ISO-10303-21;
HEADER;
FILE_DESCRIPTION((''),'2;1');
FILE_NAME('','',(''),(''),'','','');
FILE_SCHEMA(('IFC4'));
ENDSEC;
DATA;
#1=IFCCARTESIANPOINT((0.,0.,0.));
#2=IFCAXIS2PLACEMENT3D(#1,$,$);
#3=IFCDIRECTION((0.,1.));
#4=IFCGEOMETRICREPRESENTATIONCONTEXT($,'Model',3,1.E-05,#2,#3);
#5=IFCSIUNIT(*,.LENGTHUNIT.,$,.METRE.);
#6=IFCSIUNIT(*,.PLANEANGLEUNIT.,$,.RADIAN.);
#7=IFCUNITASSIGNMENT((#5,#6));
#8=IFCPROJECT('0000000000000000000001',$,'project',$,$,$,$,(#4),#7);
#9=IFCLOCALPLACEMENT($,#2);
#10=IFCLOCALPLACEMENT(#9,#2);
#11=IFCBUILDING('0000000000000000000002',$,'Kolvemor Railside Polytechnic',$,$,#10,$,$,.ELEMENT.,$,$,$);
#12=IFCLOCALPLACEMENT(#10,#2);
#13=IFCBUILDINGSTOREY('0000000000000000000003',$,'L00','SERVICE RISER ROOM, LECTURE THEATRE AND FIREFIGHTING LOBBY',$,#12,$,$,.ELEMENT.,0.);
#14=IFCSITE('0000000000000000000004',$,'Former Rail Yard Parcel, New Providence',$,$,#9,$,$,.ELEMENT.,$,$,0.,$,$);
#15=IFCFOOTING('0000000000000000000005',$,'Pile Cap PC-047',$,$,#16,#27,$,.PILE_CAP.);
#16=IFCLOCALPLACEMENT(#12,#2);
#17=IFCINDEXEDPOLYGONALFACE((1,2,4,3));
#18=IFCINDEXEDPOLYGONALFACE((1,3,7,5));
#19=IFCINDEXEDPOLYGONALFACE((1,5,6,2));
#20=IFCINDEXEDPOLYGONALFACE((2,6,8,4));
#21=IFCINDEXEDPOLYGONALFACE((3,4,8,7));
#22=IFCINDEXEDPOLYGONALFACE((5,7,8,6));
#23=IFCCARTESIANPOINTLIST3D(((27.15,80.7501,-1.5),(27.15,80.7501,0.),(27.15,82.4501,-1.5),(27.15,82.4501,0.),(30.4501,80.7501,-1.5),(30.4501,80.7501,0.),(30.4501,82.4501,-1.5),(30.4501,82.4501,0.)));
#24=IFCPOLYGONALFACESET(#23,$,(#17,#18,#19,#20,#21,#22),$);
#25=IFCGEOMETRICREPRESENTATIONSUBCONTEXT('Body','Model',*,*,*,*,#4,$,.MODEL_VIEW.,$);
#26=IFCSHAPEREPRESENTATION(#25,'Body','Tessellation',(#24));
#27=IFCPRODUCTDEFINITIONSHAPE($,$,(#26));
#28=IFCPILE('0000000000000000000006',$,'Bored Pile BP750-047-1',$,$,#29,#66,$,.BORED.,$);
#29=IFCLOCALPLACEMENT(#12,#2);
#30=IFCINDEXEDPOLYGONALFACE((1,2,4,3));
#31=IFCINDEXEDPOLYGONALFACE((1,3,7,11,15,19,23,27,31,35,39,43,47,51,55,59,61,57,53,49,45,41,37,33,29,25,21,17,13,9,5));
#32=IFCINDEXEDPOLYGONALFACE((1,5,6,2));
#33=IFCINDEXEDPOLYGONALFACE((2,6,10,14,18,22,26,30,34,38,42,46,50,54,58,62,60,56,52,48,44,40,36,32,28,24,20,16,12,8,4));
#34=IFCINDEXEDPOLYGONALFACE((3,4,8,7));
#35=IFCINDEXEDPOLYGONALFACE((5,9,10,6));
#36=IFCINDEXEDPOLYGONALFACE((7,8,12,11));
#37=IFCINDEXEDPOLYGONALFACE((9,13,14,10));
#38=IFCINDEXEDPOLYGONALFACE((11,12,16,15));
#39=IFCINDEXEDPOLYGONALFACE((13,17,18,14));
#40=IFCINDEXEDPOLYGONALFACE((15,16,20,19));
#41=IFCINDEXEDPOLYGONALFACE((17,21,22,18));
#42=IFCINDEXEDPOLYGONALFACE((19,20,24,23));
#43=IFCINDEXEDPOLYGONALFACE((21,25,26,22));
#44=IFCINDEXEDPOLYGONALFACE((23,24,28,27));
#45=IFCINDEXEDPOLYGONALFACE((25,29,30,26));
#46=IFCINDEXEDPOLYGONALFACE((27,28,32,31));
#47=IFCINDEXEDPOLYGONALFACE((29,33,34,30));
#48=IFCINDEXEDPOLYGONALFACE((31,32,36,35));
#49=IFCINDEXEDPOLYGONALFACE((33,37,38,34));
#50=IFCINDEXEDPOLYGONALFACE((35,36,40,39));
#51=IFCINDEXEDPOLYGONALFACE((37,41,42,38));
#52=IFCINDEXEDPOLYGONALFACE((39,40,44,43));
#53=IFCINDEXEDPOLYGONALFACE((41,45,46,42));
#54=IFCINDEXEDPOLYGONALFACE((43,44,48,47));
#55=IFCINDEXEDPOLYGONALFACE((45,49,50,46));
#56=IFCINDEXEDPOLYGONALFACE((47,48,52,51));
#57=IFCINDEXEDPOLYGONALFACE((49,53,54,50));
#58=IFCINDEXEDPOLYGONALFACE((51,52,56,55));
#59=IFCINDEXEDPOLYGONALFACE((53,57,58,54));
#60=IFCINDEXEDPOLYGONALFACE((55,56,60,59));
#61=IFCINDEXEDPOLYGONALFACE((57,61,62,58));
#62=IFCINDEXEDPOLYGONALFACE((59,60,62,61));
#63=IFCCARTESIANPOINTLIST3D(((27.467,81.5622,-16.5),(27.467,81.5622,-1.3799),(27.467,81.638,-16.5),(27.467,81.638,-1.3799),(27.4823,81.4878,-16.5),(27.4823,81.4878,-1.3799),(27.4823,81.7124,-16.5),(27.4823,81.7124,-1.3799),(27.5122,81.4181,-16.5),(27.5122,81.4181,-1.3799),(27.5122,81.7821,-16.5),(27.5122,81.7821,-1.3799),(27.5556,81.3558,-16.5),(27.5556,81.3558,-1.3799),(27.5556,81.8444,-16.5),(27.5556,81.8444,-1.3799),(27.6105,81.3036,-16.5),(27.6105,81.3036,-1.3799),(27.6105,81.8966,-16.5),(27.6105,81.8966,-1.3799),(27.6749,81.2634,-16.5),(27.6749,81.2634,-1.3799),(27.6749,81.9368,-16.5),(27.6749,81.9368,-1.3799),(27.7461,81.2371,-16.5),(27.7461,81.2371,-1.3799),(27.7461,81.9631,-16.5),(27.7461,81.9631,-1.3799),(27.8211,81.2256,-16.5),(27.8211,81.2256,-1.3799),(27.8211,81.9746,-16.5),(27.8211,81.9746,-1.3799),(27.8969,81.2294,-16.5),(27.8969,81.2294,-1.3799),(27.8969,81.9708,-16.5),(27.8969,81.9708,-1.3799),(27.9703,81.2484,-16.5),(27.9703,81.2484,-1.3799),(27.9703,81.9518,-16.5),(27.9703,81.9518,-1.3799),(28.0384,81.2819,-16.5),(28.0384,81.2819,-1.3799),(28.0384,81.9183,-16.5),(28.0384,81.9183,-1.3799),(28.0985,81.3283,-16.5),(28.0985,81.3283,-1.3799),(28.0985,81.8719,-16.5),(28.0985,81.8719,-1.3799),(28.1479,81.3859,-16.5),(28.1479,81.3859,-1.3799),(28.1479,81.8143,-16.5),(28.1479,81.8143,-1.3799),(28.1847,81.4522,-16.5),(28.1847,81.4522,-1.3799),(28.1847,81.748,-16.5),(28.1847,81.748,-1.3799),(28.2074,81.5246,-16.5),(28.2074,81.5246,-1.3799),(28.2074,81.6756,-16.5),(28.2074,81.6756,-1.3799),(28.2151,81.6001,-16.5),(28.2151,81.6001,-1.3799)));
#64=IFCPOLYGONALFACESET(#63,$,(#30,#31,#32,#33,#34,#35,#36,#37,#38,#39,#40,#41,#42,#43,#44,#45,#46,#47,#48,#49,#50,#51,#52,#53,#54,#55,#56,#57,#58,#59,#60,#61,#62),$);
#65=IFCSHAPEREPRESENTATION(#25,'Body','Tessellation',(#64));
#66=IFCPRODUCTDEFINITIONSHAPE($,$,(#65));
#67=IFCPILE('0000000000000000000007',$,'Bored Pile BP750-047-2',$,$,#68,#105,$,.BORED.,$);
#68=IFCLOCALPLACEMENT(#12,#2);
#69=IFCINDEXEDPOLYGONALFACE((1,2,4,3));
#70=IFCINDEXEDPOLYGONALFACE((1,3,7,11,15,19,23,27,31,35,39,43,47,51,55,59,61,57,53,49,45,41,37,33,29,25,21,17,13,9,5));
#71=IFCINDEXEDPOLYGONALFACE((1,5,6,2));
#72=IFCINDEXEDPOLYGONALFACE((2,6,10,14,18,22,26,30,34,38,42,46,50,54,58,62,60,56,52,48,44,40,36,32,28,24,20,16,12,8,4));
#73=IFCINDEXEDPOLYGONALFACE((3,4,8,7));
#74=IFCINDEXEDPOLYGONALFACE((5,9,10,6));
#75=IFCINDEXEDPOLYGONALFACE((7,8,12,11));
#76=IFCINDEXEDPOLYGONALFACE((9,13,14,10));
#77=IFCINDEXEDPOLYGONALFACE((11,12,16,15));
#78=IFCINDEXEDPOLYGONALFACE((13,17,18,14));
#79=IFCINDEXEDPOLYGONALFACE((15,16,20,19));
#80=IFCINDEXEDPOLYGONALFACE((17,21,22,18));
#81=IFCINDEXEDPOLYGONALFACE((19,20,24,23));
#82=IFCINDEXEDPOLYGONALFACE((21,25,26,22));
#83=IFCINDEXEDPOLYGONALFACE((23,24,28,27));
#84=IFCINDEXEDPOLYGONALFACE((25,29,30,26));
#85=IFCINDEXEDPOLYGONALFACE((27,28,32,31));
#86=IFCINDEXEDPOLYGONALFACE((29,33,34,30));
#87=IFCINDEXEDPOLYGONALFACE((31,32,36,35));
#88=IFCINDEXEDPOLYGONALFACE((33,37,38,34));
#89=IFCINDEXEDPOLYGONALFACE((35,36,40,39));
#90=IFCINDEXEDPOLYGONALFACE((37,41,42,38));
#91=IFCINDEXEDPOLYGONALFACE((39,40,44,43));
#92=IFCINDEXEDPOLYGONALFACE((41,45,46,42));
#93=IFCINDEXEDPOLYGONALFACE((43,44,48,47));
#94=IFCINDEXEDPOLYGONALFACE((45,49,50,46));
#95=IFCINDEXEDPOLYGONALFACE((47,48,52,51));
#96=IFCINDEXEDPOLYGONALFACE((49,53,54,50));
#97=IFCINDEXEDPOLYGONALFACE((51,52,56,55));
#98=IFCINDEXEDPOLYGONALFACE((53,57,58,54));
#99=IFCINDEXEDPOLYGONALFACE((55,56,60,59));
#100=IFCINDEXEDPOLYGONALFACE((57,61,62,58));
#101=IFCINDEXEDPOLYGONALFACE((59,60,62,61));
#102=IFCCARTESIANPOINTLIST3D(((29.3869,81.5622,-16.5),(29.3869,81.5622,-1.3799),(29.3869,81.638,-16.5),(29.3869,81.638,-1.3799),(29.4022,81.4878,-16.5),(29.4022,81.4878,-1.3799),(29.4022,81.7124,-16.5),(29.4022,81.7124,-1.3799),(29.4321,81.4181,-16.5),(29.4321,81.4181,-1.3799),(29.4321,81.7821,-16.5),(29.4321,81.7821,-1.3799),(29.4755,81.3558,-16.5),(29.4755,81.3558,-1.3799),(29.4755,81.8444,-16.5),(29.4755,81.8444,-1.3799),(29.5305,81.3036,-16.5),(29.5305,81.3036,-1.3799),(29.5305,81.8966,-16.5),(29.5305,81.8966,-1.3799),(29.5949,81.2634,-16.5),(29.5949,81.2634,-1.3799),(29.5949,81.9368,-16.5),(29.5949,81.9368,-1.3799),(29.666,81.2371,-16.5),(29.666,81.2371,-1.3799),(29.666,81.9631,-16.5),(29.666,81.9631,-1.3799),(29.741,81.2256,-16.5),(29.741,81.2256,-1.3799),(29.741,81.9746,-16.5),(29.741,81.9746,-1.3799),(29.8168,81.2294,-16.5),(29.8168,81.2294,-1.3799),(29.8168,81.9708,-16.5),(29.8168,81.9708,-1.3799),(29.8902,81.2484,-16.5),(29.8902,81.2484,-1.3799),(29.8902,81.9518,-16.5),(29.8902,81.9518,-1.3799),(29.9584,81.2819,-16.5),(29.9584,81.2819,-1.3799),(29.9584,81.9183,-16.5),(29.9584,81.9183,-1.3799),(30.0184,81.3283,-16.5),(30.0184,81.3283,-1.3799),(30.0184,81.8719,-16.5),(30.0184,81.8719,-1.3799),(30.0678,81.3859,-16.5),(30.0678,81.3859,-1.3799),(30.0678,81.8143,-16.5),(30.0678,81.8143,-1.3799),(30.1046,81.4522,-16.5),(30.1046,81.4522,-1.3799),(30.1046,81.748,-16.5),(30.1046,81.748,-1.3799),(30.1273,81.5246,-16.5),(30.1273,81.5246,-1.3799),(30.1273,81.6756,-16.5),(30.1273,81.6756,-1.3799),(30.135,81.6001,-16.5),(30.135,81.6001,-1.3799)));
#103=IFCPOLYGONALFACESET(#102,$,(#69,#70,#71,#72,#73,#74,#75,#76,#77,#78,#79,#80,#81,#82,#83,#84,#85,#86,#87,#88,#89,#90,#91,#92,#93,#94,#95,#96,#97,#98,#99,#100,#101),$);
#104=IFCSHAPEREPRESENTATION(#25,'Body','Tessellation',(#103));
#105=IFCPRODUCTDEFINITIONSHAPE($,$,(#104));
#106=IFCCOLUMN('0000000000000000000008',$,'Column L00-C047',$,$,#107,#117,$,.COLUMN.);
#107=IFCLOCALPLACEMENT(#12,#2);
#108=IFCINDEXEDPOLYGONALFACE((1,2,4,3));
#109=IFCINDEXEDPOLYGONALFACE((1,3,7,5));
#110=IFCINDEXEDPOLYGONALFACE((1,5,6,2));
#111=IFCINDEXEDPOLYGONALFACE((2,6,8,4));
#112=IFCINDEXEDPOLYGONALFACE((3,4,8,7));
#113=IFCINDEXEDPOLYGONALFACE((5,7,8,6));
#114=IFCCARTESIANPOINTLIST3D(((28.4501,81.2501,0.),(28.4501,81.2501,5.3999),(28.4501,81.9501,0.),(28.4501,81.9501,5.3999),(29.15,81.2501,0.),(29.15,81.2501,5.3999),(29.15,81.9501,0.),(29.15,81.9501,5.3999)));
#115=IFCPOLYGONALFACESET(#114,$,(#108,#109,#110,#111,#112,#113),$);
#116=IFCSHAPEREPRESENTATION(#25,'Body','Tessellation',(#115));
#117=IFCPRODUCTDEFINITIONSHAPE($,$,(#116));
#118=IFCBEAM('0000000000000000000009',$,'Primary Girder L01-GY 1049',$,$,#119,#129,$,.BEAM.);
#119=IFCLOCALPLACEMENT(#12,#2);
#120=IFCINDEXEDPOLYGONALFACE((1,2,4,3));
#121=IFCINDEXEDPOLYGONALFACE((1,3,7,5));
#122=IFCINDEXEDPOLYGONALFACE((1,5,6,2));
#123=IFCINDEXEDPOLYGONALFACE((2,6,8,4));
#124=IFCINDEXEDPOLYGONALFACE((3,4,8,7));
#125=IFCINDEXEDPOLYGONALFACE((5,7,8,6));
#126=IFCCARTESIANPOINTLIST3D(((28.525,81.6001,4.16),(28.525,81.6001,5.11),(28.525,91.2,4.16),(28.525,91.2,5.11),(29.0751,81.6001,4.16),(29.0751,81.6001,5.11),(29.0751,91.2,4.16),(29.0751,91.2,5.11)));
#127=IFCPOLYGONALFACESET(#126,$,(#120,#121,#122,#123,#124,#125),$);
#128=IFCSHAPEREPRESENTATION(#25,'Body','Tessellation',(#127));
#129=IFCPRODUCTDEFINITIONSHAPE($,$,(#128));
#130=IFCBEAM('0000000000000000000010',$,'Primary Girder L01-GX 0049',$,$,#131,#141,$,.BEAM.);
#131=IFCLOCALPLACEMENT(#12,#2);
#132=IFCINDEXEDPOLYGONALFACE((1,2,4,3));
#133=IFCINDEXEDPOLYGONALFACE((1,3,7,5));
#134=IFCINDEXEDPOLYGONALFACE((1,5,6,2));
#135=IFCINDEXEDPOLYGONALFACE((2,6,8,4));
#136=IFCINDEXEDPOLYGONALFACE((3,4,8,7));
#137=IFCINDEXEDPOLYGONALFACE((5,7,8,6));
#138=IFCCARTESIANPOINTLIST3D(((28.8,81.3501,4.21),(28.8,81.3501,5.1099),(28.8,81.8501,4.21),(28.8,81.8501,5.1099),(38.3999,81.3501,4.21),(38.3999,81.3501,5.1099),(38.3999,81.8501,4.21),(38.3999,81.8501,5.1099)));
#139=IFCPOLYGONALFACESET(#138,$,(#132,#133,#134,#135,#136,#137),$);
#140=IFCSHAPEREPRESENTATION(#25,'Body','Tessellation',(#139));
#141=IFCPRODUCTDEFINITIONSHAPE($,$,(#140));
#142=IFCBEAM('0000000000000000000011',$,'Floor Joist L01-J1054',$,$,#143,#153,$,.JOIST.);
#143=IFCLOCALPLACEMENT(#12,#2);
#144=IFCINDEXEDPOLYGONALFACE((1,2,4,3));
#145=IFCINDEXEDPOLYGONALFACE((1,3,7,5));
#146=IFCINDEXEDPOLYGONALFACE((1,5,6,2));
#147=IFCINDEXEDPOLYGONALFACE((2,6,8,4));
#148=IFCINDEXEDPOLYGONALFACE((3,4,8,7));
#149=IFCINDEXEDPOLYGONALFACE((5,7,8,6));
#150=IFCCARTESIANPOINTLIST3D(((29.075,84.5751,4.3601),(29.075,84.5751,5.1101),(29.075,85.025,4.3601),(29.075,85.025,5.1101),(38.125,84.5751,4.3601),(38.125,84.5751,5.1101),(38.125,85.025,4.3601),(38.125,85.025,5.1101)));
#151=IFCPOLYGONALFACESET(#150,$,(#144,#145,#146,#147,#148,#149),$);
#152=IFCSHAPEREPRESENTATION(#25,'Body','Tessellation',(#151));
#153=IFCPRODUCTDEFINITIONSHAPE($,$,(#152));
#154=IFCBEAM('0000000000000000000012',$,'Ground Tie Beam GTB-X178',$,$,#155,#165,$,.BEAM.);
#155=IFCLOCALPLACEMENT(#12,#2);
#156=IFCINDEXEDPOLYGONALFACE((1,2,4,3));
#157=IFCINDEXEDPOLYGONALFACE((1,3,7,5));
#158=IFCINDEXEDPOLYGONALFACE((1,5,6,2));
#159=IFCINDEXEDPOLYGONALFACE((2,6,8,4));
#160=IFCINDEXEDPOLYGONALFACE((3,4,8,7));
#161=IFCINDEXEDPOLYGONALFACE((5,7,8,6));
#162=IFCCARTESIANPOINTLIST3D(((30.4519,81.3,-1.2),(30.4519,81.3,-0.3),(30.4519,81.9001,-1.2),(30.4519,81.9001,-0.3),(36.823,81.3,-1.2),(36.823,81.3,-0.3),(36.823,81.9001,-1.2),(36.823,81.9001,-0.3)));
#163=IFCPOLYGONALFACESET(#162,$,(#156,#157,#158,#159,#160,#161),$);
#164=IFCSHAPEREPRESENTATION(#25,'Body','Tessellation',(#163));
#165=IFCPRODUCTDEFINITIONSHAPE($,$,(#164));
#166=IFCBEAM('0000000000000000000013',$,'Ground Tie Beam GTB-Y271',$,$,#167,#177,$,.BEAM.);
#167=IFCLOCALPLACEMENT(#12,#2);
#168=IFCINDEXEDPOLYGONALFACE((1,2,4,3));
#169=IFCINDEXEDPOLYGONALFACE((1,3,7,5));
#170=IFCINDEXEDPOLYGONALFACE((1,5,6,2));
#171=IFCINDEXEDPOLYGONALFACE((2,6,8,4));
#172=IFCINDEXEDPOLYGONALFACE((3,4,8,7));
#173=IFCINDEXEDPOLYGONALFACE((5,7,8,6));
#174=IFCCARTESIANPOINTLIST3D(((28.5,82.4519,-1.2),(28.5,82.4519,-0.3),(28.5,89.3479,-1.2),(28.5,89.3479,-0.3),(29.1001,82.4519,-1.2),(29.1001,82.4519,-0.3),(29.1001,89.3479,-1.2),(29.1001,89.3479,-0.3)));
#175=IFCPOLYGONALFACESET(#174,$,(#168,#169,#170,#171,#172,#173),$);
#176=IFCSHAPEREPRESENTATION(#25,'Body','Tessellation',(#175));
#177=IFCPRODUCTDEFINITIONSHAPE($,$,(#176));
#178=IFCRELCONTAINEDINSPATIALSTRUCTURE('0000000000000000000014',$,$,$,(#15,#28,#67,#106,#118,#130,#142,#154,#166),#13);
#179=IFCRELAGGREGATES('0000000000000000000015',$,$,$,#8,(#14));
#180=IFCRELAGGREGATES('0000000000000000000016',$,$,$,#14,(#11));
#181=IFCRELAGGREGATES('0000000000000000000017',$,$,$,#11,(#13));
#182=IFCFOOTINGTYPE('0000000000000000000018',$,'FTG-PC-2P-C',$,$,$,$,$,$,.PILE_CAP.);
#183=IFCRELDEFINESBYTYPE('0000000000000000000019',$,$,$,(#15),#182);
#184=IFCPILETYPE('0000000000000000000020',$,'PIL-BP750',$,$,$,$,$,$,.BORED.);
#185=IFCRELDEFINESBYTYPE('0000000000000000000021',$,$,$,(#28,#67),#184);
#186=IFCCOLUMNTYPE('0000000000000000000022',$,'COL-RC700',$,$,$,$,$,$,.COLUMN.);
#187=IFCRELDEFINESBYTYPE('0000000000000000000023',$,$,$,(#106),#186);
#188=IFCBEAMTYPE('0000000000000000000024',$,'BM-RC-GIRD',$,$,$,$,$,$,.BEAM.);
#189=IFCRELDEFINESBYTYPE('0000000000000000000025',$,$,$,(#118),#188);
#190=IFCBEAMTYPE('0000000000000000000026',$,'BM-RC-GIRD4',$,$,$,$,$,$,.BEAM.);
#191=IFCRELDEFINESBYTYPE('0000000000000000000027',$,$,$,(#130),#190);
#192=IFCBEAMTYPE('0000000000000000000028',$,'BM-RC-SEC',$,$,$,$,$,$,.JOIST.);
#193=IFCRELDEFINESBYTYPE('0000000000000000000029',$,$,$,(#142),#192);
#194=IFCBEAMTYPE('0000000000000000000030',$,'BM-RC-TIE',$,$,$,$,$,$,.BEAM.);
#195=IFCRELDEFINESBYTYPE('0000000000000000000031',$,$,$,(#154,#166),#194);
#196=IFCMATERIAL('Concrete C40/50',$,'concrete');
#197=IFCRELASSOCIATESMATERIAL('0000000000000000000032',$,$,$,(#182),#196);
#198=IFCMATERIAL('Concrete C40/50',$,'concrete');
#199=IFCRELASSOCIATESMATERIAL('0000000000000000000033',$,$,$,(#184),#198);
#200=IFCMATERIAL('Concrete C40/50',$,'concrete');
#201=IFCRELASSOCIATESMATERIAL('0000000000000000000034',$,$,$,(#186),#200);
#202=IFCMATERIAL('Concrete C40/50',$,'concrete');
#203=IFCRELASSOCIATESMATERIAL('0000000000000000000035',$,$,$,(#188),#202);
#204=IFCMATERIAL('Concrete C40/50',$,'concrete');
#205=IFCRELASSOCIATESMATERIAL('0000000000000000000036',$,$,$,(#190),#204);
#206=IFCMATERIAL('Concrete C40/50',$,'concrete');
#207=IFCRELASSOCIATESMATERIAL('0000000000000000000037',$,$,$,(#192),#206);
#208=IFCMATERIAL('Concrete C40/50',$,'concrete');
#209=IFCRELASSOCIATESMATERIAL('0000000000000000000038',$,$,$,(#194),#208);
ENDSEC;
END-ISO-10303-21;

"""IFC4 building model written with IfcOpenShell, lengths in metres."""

from ifc_helpers import new_model, si_unit, direction, frame, origin, origin_2d, place, context, subcontext, project, spatial, rectangle, circle, extrude, material, material_profile, profile_set, type_object, element, save


model = new_model("IFC4")

# Units and contexts
model_context = context("Model", 3, precision=1e-05, world=origin(), true_north=direction((0.0, 1.0)))
body_context = subcontext(model_context, "Body", "Model", "MODEL_VIEW")
ifc_project = project(units=[si_unit("LENGTHUNIT", "METRE"), si_unit("PLANEANGLEUNIT", "RADIAN")], contexts=[model_context])

# Site, building, storey
site_placement = place(None, origin())
site = spatial("IfcSite", under=ifc_project, at=site_placement, Name="Former Rail Yard Parcel, New Providence", CompositionType="ELEMENT", RefElevation=0.0)
building_placement = place(site_placement, origin())
building = spatial("IfcBuilding", under=site, at=building_placement, Name="Kolvemor Railside Polytechnic", CompositionType="ELEMENT")
storey_placement = place(building_placement, origin())
storey = spatial("IfcBuildingStorey", under=building, at=storey_placement, Name="L00", Description="SERVICE RISER ROOM, LECTURE THEATRE AND FIREFIGHTING LOBBY", CompositionType="ELEMENT", Elevation=0.0)

# Footing
ifc_material_1 = material(Name="Concrete C40/50", Category="concrete")
footing_type = type_object("IfcFootingType", Name="FTG-PC-2P-C", PredefinedType="PILE_CAP", material=ifc_material_1)
footing_placement = place(storey_placement, frame((28.8, 81.6001, -1.5), z_axis=(0.0, 0.0, 1.0), x_axis=(1.0, 0.0, 0.0)))
element("IfcFooting", 1, at=footing_placement, inside=storey, type_object=footing_type, Name="Pile Cap PC-047", PredefinedType="PILE_CAP", context=body_context, shape_type="SweptSolid", body=[
    extrude(rectangle(XDim=3.3, YDim=1.7, at=origin_2d()), origin(), (0.0, 0.0, 1.0), 1.5),
])

# Piles
ifc_material_2 = material(Name="Concrete C40/50", Category="concrete")
ifc_material_profile_1 = material_profile(ifc_material_2, circle(Radius=0.375, at=origin_2d()), Name="BP750")
ifc_profile_set_1 = profile_set([ifc_material_profile_1], Name="Concrete C40/50")
pile_type = type_object("IfcPileType", Name="PIL-BP750", PredefinedType="BORED", material=ifc_profile_set_1)
for number, where, z_axis, x_axis, name in (
    (2, (27.8401, 81.6001, -1.3799), (0.0, 0.0, -1.0), (1.0, 0.0, 0.0), "Bored Pile BP750-047-1"),
    (3, (29.76, 81.6001, -1.3799), (0.0, 0.0, -1.0), (1.0, 0.0, 0.0), "Bored Pile BP750-047-2"),
):
    element("IfcPile", number, at=place(storey_placement, frame(where, z_axis=z_axis, x_axis=x_axis)), inside=storey, type_object=pile_type, Name=name, PredefinedType="BORED", context=body_context, shape_type="SweptSolid", body=[
        extrude(circle(Radius=0.375, at=origin_2d()), origin(), (0.0, 0.0, 1.0), 15.1201),
    ])

# Column
ifc_material_3 = material(Name="Concrete C40/50", Category="concrete")
ifc_material_profile_2 = material_profile(ifc_material_3, rectangle(XDim=0.7, YDim=0.7, at=origin_2d()), Name="RC700x700")
ifc_profile_set_2 = profile_set([ifc_material_profile_2], Name="Concrete C40/50")
column_type = type_object("IfcColumnType", Name="COL-RC700", PredefinedType="COLUMN", material=ifc_profile_set_2)
column_placement = place(storey_placement, frame((28.8, 81.6001, 0.0), z_axis=(0.0, 0.0, 1.0), x_axis=(1.0, 0.0, 0.0)))
element("IfcColumn", 4, at=column_placement, inside=storey, type_object=column_type, Name="Column L00-C047", PredefinedType="COLUMN", context=body_context, shape_type="SweptSolid", body=[
    extrude(rectangle(XDim=0.7, YDim=0.7, at=origin_2d()), origin(), (0.0, 0.0, 1.0), 5.3999),
])

# Beams
ifc_material_4 = material(Name="Concrete C40/50", Category="concrete")
ifc_material_profile_3 = material_profile(ifc_material_4, rectangle(XDim=0.55, YDim=0.95, at=origin_2d()), Name="RC550x950")
ifc_profile_set_3 = profile_set([ifc_material_profile_3], Name="Concrete C40/50")
beam_type_1 = type_object("IfcBeamType", Name="BM-RC-GIRD", PredefinedType="BEAM", material=ifc_profile_set_3)
beam_1_placement = place(storey_placement, frame((28.8, 81.6001, 4.635), z_axis=(0.0, 1.0, 0.0), x_axis=(-1.0, 0.0, 0.0)))
element("IfcBeam", 5, at=beam_1_placement, inside=storey, type_object=beam_type_1, Name="Primary Girder L01-GY 1049", PredefinedType="BEAM", context=body_context, shape_type="SweptSolid", body=[
    extrude(rectangle(XDim=0.55, YDim=0.95, at=origin_2d()), origin(), (0.0, 0.0, 1.0), 9.5999),
])
ifc_material_5 = material(Name="Concrete C40/50", Category="concrete")
ifc_material_profile_4 = material_profile(ifc_material_5, rectangle(XDim=0.5, YDim=0.8999, at=origin_2d()), Name="RC500x900")
ifc_profile_set_4 = profile_set([ifc_material_profile_4], Name="Concrete C40/50")
beam_type_2 = type_object("IfcBeamType", Name="BM-RC-GIRD4", PredefinedType="BEAM", material=ifc_profile_set_4)
beam_2_placement = place(storey_placement, frame((28.8, 81.6001, 4.6599), z_axis=(1.0, 0.0, 0.0), x_axis=(0.0, 1.0, 0.0)))
element("IfcBeam", 6, at=beam_2_placement, inside=storey, type_object=beam_type_2, Name="Primary Girder L01-GX 0049", PredefinedType="BEAM", context=body_context, shape_type="SweptSolid", body=[
    extrude(rectangle(XDim=0.5, YDim=0.8999, at=origin_2d()), origin(), (0.0, 0.0, 1.0), 9.5999),
])
ifc_material_6 = material(Name="Concrete C40/50", Category="concrete")
ifc_material_profile_5 = material_profile(ifc_material_6, rectangle(XDim=0.45, YDim=0.75, at=origin_2d()), Name="RC450x750")
ifc_profile_set_5 = profile_set([ifc_material_profile_5], Name="Concrete C40/50")
beam_type_3 = type_object("IfcBeamType", Name="BM-RC-SEC", PredefinedType="JOIST", material=ifc_profile_set_5)
beam_3_placement = place(storey_placement, frame((29.075, 84.8, 4.7351), z_axis=(1.0, 0.0, 0.0), x_axis=(0.0, 1.0, 0.0)))
element("IfcBeam", 7, at=beam_3_placement, inside=storey, type_object=beam_type_3, Name="Floor Joist L01-J1054", PredefinedType="JOIST", context=body_context, shape_type="SweptSolid", body=[
    extrude(rectangle(XDim=0.45, YDim=0.75, at=origin_2d()), origin(), (0.0, 0.0, 1.0), 9.05),
])
ifc_material_7 = material(Name="Concrete C40/50", Category="concrete")
ifc_material_profile_6 = material_profile(ifc_material_7, rectangle(XDim=0.6001, YDim=0.8999, at=origin_2d()), Name="RC600x900")
ifc_profile_set_6 = profile_set([ifc_material_profile_6], Name="Concrete C40/50")
beam_type_4 = type_object("IfcBeamType", Name="BM-RC-TIE", PredefinedType="BEAM", material=ifc_profile_set_6)
beam_4_placement = place(storey_placement, frame((30.4519, 81.6001, -0.75), z_axis=(1.0, 0.0, 0.0), x_axis=(0.0, 1.0, 0.0)))
element("IfcBeam", 8, at=beam_4_placement, inside=storey, type_object=beam_type_4, Name="Ground Tie Beam GTB-X178", PredefinedType="BEAM", context=body_context, shape_type="SweptSolid", body=[
    extrude(rectangle(XDim=0.6001, YDim=0.8999, at=origin_2d()), origin(), (0.0, 0.0, 1.0), 6.3711),
])
beam_5_placement = place(storey_placement, frame((28.8, 82.4519, -0.75), z_axis=(0.0, 1.0, 0.0), x_axis=(-1.0, 0.0, 0.0)))
element("IfcBeam", 9, at=beam_5_placement, inside=storey, type_object=beam_type_4, Name="Ground Tie Beam GTB-Y271", PredefinedType="BEAM", context=body_context, shape_type="SweptSolid", body=[
    extrude(rectangle(XDim=0.6001, YDim=0.8999, at=origin_2d()), origin(), (0.0, 0.0, 1.0), 6.896),
])

save(model, "model.ifc")
